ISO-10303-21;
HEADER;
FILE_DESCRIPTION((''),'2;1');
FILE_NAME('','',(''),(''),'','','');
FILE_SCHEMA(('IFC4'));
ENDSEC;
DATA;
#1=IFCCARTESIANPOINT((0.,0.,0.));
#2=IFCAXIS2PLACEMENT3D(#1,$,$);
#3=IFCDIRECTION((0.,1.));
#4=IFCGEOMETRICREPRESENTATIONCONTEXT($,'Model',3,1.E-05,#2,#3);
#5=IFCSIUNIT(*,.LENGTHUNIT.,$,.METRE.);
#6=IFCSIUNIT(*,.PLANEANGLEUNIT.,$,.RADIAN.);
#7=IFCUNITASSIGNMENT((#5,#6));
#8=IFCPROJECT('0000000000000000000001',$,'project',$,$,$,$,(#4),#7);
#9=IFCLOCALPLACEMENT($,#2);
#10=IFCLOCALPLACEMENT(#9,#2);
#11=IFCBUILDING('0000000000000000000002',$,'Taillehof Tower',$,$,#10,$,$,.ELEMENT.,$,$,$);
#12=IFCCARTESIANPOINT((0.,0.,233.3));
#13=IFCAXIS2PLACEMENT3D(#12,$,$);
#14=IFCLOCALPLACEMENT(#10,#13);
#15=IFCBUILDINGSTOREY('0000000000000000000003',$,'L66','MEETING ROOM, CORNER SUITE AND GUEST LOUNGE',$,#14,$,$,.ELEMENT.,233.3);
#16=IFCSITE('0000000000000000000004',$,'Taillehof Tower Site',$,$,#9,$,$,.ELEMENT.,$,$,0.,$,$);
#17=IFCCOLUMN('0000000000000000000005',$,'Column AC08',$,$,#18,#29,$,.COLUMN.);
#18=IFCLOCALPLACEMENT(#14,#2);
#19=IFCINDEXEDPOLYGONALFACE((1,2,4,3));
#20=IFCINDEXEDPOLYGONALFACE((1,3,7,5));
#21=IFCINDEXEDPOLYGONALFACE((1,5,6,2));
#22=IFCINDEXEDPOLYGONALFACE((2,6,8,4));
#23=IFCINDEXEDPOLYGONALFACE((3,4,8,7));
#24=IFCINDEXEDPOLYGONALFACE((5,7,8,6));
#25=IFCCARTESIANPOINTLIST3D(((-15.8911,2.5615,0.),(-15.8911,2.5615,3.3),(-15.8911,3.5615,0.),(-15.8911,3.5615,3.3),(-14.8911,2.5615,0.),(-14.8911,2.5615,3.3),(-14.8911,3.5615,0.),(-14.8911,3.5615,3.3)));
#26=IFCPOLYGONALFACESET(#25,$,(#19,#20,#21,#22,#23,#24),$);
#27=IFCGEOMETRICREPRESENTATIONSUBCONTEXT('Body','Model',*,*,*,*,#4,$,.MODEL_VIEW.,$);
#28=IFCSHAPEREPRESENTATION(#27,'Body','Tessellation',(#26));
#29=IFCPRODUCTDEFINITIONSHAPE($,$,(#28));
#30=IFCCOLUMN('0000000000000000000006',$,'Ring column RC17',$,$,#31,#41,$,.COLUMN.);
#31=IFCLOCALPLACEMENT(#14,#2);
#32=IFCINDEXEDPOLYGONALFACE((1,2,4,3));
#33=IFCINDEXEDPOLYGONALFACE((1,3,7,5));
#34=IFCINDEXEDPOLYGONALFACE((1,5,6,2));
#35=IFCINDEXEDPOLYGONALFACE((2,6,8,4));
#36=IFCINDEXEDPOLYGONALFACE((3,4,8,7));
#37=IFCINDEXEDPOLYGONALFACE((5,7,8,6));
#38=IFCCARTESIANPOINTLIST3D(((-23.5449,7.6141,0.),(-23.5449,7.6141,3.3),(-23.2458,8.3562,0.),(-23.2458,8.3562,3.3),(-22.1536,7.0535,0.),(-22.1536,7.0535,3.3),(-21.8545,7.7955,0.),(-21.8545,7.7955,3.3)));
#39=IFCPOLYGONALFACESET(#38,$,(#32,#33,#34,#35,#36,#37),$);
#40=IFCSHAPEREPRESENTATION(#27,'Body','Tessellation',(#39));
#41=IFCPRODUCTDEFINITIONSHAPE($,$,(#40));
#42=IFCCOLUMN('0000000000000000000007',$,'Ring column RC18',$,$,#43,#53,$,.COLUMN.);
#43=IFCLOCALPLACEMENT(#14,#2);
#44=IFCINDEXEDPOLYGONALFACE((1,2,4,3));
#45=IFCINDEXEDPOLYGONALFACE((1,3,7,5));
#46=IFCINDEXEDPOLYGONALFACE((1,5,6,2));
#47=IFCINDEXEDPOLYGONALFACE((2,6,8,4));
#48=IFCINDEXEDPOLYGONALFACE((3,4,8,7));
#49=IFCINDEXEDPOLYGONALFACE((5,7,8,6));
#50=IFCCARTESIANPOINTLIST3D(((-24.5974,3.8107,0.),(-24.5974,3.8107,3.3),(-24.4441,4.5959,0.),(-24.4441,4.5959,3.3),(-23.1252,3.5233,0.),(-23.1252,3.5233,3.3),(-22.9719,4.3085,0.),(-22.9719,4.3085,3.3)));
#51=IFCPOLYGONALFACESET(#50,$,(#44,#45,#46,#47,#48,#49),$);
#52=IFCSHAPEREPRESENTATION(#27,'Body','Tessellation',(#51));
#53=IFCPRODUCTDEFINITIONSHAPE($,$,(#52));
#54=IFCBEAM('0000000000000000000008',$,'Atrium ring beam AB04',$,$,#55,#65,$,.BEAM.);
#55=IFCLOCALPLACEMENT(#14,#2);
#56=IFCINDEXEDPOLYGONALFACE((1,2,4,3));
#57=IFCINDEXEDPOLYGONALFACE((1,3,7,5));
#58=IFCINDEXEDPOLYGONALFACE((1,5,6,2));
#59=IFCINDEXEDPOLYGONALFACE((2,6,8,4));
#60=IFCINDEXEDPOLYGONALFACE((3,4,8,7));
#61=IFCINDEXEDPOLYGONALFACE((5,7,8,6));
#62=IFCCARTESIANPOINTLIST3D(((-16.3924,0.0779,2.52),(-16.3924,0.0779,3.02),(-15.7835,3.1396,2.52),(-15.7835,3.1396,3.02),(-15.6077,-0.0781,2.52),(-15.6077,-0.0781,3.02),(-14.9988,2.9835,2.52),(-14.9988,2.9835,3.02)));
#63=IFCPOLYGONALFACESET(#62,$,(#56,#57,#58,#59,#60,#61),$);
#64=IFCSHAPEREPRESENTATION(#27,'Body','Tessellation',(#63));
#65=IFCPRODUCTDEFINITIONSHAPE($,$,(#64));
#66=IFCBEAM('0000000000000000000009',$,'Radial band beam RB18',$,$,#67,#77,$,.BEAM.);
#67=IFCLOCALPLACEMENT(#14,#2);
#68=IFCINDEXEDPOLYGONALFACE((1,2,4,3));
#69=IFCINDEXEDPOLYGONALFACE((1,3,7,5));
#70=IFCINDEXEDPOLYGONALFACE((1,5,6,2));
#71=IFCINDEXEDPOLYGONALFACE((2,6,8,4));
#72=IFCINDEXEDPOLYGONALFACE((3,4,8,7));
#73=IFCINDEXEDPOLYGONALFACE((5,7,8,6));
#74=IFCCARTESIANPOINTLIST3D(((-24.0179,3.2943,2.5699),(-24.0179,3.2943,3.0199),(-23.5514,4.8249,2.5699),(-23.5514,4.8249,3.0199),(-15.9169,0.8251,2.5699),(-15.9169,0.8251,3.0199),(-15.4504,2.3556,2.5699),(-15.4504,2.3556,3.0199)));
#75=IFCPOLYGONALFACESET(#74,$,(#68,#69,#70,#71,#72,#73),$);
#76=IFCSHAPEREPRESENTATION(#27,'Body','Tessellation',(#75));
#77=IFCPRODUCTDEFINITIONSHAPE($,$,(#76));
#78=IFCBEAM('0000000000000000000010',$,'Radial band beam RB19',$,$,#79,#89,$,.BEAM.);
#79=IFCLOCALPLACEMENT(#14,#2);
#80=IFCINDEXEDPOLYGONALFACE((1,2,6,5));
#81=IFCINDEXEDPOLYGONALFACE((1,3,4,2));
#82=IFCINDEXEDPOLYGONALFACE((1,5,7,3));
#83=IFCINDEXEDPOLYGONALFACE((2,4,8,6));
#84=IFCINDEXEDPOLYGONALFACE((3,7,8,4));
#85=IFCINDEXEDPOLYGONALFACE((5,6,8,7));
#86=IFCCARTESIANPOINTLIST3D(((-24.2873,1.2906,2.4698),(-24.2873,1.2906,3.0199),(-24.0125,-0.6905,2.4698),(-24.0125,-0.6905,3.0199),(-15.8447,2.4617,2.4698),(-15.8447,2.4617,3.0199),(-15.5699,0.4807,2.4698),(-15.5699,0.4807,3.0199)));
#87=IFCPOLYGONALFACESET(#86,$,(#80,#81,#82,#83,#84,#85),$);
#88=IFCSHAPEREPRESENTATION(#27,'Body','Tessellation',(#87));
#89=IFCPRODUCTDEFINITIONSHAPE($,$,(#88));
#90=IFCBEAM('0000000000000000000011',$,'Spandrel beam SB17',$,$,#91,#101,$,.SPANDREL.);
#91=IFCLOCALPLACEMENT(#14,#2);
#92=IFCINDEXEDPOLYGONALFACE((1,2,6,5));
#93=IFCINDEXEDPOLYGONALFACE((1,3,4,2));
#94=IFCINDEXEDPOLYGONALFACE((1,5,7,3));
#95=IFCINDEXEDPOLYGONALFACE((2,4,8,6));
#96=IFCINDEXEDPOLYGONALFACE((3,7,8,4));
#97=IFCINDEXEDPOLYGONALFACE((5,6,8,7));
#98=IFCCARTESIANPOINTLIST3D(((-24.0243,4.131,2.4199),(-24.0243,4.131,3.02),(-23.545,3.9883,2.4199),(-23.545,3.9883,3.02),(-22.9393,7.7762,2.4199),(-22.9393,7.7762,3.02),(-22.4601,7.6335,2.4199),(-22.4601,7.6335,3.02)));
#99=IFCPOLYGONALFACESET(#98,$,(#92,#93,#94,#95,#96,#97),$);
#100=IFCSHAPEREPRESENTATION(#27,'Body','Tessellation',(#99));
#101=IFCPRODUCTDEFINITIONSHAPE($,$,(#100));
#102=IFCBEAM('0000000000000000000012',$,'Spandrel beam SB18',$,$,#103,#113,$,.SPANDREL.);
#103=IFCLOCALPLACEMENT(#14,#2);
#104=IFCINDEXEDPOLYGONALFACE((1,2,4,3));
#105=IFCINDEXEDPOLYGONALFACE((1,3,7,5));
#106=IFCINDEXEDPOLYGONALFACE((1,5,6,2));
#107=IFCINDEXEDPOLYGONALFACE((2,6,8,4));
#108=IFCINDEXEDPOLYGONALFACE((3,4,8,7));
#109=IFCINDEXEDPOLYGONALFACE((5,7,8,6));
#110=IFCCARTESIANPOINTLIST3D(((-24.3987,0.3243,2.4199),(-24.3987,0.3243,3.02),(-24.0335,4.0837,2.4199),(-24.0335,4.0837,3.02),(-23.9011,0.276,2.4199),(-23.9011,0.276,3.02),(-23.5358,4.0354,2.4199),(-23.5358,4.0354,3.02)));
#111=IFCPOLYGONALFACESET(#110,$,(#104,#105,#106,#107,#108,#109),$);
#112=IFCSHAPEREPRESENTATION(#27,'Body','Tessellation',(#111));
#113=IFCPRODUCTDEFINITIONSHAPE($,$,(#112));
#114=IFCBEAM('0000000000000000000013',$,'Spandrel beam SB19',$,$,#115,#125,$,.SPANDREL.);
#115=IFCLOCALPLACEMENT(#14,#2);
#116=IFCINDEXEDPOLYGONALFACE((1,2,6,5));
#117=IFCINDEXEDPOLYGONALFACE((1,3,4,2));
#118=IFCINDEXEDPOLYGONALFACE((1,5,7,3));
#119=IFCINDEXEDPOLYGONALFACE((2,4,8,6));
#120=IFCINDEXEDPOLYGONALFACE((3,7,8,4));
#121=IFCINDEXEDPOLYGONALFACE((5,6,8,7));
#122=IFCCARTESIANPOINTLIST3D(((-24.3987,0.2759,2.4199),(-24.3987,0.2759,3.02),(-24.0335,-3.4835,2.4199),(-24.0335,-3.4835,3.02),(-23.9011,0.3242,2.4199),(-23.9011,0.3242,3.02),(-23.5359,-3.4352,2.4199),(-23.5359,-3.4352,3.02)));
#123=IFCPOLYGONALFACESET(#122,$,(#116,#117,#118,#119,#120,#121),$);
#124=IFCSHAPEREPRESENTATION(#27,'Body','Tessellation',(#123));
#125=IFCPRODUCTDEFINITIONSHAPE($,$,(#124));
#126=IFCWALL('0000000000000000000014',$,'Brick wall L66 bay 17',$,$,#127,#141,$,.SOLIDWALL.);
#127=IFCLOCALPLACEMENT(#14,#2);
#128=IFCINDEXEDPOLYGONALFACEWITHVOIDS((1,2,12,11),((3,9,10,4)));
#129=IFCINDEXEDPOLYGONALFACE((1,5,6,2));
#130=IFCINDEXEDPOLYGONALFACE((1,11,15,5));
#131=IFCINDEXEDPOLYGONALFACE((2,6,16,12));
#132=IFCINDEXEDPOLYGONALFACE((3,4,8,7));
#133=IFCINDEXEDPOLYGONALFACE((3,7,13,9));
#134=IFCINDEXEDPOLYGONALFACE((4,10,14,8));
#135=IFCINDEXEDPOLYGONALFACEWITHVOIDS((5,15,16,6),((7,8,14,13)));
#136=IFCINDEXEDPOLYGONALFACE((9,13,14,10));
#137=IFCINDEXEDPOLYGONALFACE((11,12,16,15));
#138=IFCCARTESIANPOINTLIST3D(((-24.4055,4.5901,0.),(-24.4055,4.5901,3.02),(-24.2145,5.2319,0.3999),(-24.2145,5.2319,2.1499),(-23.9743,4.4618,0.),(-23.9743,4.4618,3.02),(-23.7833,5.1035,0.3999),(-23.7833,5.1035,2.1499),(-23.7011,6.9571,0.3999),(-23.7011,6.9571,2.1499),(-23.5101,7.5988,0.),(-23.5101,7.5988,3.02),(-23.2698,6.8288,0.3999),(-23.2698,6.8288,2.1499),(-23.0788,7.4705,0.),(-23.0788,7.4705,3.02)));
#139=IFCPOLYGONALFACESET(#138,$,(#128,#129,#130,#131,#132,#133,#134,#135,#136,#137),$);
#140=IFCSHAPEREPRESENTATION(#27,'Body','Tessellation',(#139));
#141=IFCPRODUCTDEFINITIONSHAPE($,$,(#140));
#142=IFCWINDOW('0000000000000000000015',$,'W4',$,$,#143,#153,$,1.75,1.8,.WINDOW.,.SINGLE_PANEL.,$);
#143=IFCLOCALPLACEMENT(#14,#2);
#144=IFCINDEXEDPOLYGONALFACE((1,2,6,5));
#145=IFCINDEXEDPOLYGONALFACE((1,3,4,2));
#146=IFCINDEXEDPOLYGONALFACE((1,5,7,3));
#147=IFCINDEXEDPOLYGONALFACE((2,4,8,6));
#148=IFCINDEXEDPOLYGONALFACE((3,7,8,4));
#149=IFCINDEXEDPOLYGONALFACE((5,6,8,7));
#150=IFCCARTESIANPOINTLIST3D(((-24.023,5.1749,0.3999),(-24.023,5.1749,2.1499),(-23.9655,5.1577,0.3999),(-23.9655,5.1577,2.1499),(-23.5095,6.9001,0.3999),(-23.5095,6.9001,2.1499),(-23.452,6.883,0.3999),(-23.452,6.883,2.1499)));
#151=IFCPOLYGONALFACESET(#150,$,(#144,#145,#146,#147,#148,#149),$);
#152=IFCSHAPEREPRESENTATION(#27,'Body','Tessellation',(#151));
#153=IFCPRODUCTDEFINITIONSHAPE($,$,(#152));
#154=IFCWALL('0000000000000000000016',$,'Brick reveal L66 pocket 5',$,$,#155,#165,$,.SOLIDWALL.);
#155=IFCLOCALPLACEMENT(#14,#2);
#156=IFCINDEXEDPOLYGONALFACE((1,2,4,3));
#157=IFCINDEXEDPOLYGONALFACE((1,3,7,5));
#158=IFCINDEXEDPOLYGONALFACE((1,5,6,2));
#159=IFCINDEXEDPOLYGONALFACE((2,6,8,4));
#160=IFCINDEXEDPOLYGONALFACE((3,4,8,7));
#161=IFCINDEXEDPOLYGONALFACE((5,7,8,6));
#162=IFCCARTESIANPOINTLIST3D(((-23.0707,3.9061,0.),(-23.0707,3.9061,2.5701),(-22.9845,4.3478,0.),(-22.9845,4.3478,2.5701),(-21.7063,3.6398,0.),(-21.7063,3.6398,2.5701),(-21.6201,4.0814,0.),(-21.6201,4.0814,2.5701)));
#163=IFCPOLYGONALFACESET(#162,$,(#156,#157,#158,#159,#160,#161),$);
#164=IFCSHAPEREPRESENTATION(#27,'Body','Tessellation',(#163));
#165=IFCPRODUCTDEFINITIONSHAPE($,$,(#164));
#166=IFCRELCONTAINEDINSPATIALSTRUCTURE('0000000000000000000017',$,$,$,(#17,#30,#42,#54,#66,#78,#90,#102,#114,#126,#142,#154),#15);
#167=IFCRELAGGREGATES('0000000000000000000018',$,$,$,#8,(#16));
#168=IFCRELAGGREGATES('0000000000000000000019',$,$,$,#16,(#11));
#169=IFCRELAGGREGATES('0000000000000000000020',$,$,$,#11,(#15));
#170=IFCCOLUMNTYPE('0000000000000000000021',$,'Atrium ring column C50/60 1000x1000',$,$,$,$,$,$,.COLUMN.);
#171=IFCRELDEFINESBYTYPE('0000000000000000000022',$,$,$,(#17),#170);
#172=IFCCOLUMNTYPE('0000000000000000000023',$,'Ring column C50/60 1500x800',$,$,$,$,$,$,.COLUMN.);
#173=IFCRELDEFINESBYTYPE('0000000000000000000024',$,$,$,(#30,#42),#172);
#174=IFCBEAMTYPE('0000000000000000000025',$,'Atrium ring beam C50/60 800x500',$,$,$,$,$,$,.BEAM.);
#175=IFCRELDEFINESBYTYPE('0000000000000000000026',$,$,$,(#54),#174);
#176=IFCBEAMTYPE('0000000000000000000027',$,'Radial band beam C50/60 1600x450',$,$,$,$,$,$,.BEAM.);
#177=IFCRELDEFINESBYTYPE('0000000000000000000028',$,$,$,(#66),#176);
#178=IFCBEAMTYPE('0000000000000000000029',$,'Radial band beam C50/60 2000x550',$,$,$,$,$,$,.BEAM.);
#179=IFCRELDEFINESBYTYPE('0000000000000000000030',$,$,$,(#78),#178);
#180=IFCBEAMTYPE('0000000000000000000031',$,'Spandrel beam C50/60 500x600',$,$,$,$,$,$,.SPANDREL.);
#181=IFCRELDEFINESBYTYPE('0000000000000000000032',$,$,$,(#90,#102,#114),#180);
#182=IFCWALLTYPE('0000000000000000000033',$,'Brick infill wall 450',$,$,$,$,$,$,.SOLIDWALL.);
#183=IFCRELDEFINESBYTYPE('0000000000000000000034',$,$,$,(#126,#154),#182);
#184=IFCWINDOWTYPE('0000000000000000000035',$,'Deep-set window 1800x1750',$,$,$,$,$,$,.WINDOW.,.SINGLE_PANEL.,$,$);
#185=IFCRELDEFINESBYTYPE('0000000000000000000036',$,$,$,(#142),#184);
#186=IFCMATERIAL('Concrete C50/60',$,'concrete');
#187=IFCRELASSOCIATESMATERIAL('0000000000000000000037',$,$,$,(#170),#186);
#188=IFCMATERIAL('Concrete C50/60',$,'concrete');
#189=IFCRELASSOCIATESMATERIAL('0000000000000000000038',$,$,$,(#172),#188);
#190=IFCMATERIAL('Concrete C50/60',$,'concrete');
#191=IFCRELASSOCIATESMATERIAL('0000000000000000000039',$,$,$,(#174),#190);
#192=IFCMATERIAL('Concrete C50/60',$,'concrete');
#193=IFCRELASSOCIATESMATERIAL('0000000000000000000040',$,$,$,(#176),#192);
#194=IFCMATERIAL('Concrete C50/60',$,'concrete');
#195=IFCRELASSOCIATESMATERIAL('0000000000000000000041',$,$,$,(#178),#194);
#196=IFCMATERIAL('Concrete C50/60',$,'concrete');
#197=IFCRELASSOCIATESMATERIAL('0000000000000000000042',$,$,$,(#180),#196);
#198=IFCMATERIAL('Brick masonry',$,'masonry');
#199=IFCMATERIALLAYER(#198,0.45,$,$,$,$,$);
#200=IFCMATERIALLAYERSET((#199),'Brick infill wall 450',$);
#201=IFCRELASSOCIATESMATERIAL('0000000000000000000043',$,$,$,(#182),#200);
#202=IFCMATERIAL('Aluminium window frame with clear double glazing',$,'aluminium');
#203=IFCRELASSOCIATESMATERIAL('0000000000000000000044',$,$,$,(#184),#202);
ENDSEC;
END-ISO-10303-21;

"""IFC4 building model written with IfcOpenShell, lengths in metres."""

from ifc_helpers import new_model, si_unit, direction, frame, frame_2d, origin, origin_2d, place, context, subcontext, project, spatial, rectangle, extrude, material, layer, layer_set, material_profile, profile_set, type_object, element, fill, save


model = new_model("IFC4")

# Units and contexts
model_context = context("Model", 3, precision=1e-05, world=origin(), true_north=direction((0.0, 1.0)))
body_context = subcontext(model_context, "Body", "Model", "MODEL_VIEW")
ifc_project = project(units=[si_unit("LENGTHUNIT", "METRE"), si_unit("PLANEANGLEUNIT", "RADIAN")], contexts=[model_context])

# Site, building, storey
site_placement = place(None, origin())
site = spatial("IfcSite", under=ifc_project, at=site_placement, Name="Taillehof Tower Site", CompositionType="ELEMENT", RefElevation=0.0)
building_placement = place(site_placement, origin())
building = spatial("IfcBuilding", under=site, at=building_placement, Name="Taillehof Tower", CompositionType="ELEMENT")
storey_placement = place(building_placement, frame((0.0, 0.0, 233.3)))
storey = spatial("IfcBuildingStorey", under=building, at=storey_placement, Name="L66", Description="MEETING ROOM, CORNER SUITE AND GUEST LOUNGE", CompositionType="ELEMENT", Elevation=233.3)

# Columns
ifc_material_1 = material(Name="Concrete C50/60", Category="concrete")
ifc_material_profile_1 = material_profile(ifc_material_1, rectangle(XDim=1.0, YDim=1.0, at=origin_2d()), Name="RC 1000x1000")
ifc_profile_set_1 = profile_set([ifc_material_profile_1], Name="Concrete C50/60")
column_type_1 = type_object("IfcColumnType", Name="Atrium ring column C50/60 1000x1000", PredefinedType="COLUMN", material=ifc_profile_set_1)
column_placement = place(storey_placement, frame((-15.3911, 3.0615, 0.0), z_axis=(0.0, 0.0, 1.0), x_axis=(1.0, 0.0, 0.0)))
element("IfcColumn", 1, at=column_placement, inside=storey, type_object=column_type_1, Name="Column AC08", PredefinedType="COLUMN", context=body_context, shape_type="SweptSolid", body=[
    extrude(rectangle(XDim=1.0, YDim=1.0, at=origin_2d()), origin(), (0.0, 0.0, 1.0), 3.3),
])
ifc_material_2 = material(Name="Concrete C50/60", Category="concrete")
ifc_material_profile_2 = material_profile(ifc_material_2, rectangle(XDim=1.5, YDim=0.8, at=origin_2d()), Name="RC 1500x800")
ifc_profile_set_2 = profile_set([ifc_material_profile_2], Name="Concrete C50/60")
column_type_2 = type_object("IfcColumnType", Name="Ring column C50/60 1500x800", PredefinedType="COLUMN", material=ifc_profile_set_2)
for number, where, z_axis, x_axis, name in (
    (2, (-22.6997, 7.7048, 0.0), (0.0, 0.0, 1.0), (-0.927525, 0.373762, 0.0), "Ring column RC17"),
    (3, (-23.7847, 4.0596, 0.0), (0.0, 0.0, 1.0), (-0.981473, 0.191602, 0.0), "Ring column RC18"),
):
    element("IfcColumn", number, at=place(storey_placement, frame(where, z_axis=z_axis, x_axis=x_axis)), inside=storey, type_object=column_type_2, Name=name, PredefinedType="COLUMN", context=body_context, shape_type="SweptSolid", body=[
        extrude(rectangle(XDim=1.5, YDim=0.8, at=origin_2d()), origin(), (0.0, 0.0, 1.0), 3.3),
    ])

# Beams
ifc_material_3 = material(Name="Concrete C50/60", Category="concrete")
ifc_material_profile_3 = material_profile(ifc_material_3, rectangle(XDim=0.8, YDim=0.5, at=origin_2d()), Name="RC 800x500")
ifc_profile_set_3 = profile_set([ifc_material_profile_3], Name="Concrete C50/60")
beam_type_1 = type_object("IfcBeamType", Name="Atrium ring beam C50/60 800x500", PredefinedType="BEAM", material=ifc_profile_set_3)
beam_1_placement = place(storey_placement, frame((-15.3911, 3.0615, 2.77), z_axis=(-0.195063, -0.980791, 0.0), x_axis=(0.980791, -0.195063, 0.0)))
element("IfcBeam", 4, at=beam_1_placement, inside=storey, type_object=beam_type_1, Name="Atrium ring beam AB04", PredefinedType="BEAM", context=body_context, shape_type="SweptSolid", body=[
    extrude(rectangle(XDim=0.8, YDim=0.5, at=origin_2d()), origin(), (0.0, 0.0, 1.0), 3.1216),
])
ifc_material_4 = material(Name="Concrete C50/60", Category="concrete")
ifc_material_profile_4 = material_profile(ifc_material_4, rectangle(XDim=1.6001, YDim=0.45, at=origin_2d()), Name="RC 1600x450")
ifc_profile_set_4 = profile_set([ifc_material_profile_4], Name="Concrete C50/60")
beam_type_2 = type_object("IfcBeamType", Name="Radial band beam C50/60 1600x450", PredefinedType="BEAM", material=ifc_profile_set_4)
beam_2_placement = place(storey_placement, frame((-23.7847, 4.0596, 2.7949), z_axis=(0.956552, -0.291561, 0.0), x_axis=(0.291561, 0.956552, 0.0)))
element("IfcBeam", 5, at=beam_2_placement, inside=storey, type_object=beam_type_2, Name="Radial band beam RB18", PredefinedType="BEAM", context=body_context, shape_type="SweptSolid", body=[
    extrude(rectangle(XDim=1.6001, YDim=0.45, at=origin_2d()), origin(), (0.0, 0.0, 1.0), 8.469),
])
ifc_material_5 = material(Name="Concrete C50/60", Category="concrete")
ifc_material_profile_5 = material_profile(ifc_material_5, rectangle(XDim=2.0, YDim=0.55, at=origin_2d()), Name="RC 2000x550")
ifc_profile_set_5 = profile_set([ifc_material_profile_5], Name="Concrete C50/60")
beam_type_3 = type_object("IfcBeamType", Name="Radial band beam C50/60 2000x550", PredefinedType="BEAM", material=ifc_profile_set_5)
beam_3_placement = place(storey_placement, frame((-24.1499, 0.3, 2.7449), z_axis=(0.990515, 0.137402, 0.0), x_axis=(-0.137402, 0.990515, 0.0)))
element("IfcBeam", 6, at=beam_3_placement, inside=storey, type_object=beam_type_3, Name="Radial band beam RB19", PredefinedType="BEAM", context=body_context, shape_type="SweptSolid", body=[
    extrude(rectangle(XDim=2.0, YDim=0.55, at=origin_2d()), origin(), (0.0, 0.0, 1.0), 8.5234),
])
ifc_material_6 = material(Name="Concrete C50/60", Category="concrete")
ifc_material_profile_6 = material_profile(ifc_material_6, rectangle(XDim=0.5, YDim=0.6001, at=origin_2d()), Name="RC 500x600")
ifc_profile_set_6 = profile_set([ifc_material_profile_6], Name="Concrete C50/60")
beam_type_4 = type_object("IfcBeamType", Name="Spandrel beam C50/60 500x600", PredefinedType="SPANDREL", material=ifc_profile_set_6)
beam_4_placement = place(storey_placement, frame((-22.6997, 7.7048, 2.72), z_axis=(-0.285268, -0.958448, 0.0), x_axis=(0.958448, -0.285268, 0.0)))
element("IfcBeam", 7, at=beam_4_placement, inside=storey, type_object=beam_type_4, Name="Spandrel beam SB17", PredefinedType="SPANDREL", context=body_context, shape_type="SweptSolid", body=[
    extrude(rectangle(XDim=0.5, YDim=0.6001, at=origin_2d()), origin(), (0.0, 0.0, 1.0), 3.8032),
])
for number, where, z_axis, x_axis, name in (
    (8, (-23.7847, 4.0596, 2.72), (-0.096694, -0.995314, 0.0), (0.995314, -0.096694, 0.0), "Spandrel beam SB18"),
    (9, (-24.1499, 0.3, 2.72), (0.096694, -0.995314, 0.0), (0.995314, 0.096694, 0.0), "Spandrel beam SB19"),
):
    element("IfcBeam", number, at=place(storey_placement, frame(where, z_axis=z_axis, x_axis=x_axis)), inside=storey, type_object=beam_type_4, Name=name, PredefinedType="SPANDREL", context=body_context, shape_type="SweptSolid", body=[
        extrude(rectangle(XDim=0.5, YDim=0.6001, at=origin_2d()), origin(), (0.0, 0.0, 1.0), 3.7771),
    ])

# Wall, opening, window
ifc_material_7 = material(Name="Brick masonry", Category="masonry")
ifc_layer_1 = layer(ifc_material_7, 0.45)
ifc_layer_set_1 = layer_set([ifc_layer_1], Name="Brick infill wall 450")
wall_type_1 = type_object("IfcWallType", Name="Brick infill wall 450", PredefinedType="SOLIDWALL", material=ifc_layer_set_1)
wall_1_placement = place(storey_placement, frame((-23.2944, 7.5347, 0.0), z_axis=(0.0, 0.0, 1.0), x_axis=(-0.285264, -0.958449, 0.0)))
wall_1 = element("IfcWall", 10, at=wall_1_placement, inside=storey, type_object=wall_type_1, Name="Brick wall L66 bay 17", PredefinedType="SOLIDWALL", context=body_context, shape_type="SweptSolid", body=[
    extrude(rectangle(XDim=3.1392, YDim=0.45, at=frame_2d((1.5696, 0.0))), origin(), (0.0, 0.0, 1.0), 3.02),
])
opening_1_placement = place(wall_1_placement, frame((0.6697, 0.0, 0.3999)))
opening_1 = element("IfcOpeningElement", 11, at=opening_1_placement, cuts=wall_1, PredefinedType="OPENING", context=body_context, shape_type="SweptSolid", body=[
    extrude(rectangle(XDim=1.8, YDim=1.75, at=frame_2d((0.8999, 0.875))), frame((0.0, 0.2349, 0.0), z_axis=(0.0, -1.0, 0.0), x_axis=(1.0, 0.0, 0.0)), (0.0, 0.0, 1.0), 0.47),
])
ifc_material_8 = material(Name="Aluminium window frame with clear double glazing", Category="aluminium")
window_type_1 = type_object("IfcWindowType", Name="Deep-set window 1800x1750", PartitioningType="SINGLE_PANEL", PredefinedType="WINDOW", material=ifc_material_8)
window_1_placement = place(opening_1_placement, origin())
window_1 = element("IfcWindow", 12, at=window_1_placement, inside=storey, type_object=window_type_1, Name="W4", OverallHeight=1.75, OverallWidth=1.8, PartitioningType="SINGLE_PANEL", PredefinedType="WINDOW", context=body_context, shape_type="SweptSolid", body=[
    extrude(rectangle(XDim=1.8, YDim=1.75, at=frame_2d((0.8999, 0.875))), frame((0.0, 0.0349, 0.0), z_axis=(0.0, -1.0, 0.0), x_axis=(1.0, 0.0, 0.0)), (0.0, 0.0, 1.0), 0.0601),
])
fill(opening_1, window_1)

# Wall
wall_2_placement = place(storey_placement, frame((-23.0276, 4.127, 0.0), z_axis=(0.0, 0.0, 1.0), x_axis=(0.981469, -0.191622, 0.0)))
element("IfcWall", 13, at=wall_2_placement, inside=storey, type_object=wall_type_1, Name="Brick reveal L66 pocket 5", PredefinedType="SOLIDWALL", context=body_context, shape_type="SweptSolid", body=[
    extrude(rectangle(XDim=1.3901, YDim=0.45, at=frame_2d((0.6951, 0.0))), origin(), (0.0, 0.0, 1.0), 2.5701),
])

save(model, "model.ifc")
